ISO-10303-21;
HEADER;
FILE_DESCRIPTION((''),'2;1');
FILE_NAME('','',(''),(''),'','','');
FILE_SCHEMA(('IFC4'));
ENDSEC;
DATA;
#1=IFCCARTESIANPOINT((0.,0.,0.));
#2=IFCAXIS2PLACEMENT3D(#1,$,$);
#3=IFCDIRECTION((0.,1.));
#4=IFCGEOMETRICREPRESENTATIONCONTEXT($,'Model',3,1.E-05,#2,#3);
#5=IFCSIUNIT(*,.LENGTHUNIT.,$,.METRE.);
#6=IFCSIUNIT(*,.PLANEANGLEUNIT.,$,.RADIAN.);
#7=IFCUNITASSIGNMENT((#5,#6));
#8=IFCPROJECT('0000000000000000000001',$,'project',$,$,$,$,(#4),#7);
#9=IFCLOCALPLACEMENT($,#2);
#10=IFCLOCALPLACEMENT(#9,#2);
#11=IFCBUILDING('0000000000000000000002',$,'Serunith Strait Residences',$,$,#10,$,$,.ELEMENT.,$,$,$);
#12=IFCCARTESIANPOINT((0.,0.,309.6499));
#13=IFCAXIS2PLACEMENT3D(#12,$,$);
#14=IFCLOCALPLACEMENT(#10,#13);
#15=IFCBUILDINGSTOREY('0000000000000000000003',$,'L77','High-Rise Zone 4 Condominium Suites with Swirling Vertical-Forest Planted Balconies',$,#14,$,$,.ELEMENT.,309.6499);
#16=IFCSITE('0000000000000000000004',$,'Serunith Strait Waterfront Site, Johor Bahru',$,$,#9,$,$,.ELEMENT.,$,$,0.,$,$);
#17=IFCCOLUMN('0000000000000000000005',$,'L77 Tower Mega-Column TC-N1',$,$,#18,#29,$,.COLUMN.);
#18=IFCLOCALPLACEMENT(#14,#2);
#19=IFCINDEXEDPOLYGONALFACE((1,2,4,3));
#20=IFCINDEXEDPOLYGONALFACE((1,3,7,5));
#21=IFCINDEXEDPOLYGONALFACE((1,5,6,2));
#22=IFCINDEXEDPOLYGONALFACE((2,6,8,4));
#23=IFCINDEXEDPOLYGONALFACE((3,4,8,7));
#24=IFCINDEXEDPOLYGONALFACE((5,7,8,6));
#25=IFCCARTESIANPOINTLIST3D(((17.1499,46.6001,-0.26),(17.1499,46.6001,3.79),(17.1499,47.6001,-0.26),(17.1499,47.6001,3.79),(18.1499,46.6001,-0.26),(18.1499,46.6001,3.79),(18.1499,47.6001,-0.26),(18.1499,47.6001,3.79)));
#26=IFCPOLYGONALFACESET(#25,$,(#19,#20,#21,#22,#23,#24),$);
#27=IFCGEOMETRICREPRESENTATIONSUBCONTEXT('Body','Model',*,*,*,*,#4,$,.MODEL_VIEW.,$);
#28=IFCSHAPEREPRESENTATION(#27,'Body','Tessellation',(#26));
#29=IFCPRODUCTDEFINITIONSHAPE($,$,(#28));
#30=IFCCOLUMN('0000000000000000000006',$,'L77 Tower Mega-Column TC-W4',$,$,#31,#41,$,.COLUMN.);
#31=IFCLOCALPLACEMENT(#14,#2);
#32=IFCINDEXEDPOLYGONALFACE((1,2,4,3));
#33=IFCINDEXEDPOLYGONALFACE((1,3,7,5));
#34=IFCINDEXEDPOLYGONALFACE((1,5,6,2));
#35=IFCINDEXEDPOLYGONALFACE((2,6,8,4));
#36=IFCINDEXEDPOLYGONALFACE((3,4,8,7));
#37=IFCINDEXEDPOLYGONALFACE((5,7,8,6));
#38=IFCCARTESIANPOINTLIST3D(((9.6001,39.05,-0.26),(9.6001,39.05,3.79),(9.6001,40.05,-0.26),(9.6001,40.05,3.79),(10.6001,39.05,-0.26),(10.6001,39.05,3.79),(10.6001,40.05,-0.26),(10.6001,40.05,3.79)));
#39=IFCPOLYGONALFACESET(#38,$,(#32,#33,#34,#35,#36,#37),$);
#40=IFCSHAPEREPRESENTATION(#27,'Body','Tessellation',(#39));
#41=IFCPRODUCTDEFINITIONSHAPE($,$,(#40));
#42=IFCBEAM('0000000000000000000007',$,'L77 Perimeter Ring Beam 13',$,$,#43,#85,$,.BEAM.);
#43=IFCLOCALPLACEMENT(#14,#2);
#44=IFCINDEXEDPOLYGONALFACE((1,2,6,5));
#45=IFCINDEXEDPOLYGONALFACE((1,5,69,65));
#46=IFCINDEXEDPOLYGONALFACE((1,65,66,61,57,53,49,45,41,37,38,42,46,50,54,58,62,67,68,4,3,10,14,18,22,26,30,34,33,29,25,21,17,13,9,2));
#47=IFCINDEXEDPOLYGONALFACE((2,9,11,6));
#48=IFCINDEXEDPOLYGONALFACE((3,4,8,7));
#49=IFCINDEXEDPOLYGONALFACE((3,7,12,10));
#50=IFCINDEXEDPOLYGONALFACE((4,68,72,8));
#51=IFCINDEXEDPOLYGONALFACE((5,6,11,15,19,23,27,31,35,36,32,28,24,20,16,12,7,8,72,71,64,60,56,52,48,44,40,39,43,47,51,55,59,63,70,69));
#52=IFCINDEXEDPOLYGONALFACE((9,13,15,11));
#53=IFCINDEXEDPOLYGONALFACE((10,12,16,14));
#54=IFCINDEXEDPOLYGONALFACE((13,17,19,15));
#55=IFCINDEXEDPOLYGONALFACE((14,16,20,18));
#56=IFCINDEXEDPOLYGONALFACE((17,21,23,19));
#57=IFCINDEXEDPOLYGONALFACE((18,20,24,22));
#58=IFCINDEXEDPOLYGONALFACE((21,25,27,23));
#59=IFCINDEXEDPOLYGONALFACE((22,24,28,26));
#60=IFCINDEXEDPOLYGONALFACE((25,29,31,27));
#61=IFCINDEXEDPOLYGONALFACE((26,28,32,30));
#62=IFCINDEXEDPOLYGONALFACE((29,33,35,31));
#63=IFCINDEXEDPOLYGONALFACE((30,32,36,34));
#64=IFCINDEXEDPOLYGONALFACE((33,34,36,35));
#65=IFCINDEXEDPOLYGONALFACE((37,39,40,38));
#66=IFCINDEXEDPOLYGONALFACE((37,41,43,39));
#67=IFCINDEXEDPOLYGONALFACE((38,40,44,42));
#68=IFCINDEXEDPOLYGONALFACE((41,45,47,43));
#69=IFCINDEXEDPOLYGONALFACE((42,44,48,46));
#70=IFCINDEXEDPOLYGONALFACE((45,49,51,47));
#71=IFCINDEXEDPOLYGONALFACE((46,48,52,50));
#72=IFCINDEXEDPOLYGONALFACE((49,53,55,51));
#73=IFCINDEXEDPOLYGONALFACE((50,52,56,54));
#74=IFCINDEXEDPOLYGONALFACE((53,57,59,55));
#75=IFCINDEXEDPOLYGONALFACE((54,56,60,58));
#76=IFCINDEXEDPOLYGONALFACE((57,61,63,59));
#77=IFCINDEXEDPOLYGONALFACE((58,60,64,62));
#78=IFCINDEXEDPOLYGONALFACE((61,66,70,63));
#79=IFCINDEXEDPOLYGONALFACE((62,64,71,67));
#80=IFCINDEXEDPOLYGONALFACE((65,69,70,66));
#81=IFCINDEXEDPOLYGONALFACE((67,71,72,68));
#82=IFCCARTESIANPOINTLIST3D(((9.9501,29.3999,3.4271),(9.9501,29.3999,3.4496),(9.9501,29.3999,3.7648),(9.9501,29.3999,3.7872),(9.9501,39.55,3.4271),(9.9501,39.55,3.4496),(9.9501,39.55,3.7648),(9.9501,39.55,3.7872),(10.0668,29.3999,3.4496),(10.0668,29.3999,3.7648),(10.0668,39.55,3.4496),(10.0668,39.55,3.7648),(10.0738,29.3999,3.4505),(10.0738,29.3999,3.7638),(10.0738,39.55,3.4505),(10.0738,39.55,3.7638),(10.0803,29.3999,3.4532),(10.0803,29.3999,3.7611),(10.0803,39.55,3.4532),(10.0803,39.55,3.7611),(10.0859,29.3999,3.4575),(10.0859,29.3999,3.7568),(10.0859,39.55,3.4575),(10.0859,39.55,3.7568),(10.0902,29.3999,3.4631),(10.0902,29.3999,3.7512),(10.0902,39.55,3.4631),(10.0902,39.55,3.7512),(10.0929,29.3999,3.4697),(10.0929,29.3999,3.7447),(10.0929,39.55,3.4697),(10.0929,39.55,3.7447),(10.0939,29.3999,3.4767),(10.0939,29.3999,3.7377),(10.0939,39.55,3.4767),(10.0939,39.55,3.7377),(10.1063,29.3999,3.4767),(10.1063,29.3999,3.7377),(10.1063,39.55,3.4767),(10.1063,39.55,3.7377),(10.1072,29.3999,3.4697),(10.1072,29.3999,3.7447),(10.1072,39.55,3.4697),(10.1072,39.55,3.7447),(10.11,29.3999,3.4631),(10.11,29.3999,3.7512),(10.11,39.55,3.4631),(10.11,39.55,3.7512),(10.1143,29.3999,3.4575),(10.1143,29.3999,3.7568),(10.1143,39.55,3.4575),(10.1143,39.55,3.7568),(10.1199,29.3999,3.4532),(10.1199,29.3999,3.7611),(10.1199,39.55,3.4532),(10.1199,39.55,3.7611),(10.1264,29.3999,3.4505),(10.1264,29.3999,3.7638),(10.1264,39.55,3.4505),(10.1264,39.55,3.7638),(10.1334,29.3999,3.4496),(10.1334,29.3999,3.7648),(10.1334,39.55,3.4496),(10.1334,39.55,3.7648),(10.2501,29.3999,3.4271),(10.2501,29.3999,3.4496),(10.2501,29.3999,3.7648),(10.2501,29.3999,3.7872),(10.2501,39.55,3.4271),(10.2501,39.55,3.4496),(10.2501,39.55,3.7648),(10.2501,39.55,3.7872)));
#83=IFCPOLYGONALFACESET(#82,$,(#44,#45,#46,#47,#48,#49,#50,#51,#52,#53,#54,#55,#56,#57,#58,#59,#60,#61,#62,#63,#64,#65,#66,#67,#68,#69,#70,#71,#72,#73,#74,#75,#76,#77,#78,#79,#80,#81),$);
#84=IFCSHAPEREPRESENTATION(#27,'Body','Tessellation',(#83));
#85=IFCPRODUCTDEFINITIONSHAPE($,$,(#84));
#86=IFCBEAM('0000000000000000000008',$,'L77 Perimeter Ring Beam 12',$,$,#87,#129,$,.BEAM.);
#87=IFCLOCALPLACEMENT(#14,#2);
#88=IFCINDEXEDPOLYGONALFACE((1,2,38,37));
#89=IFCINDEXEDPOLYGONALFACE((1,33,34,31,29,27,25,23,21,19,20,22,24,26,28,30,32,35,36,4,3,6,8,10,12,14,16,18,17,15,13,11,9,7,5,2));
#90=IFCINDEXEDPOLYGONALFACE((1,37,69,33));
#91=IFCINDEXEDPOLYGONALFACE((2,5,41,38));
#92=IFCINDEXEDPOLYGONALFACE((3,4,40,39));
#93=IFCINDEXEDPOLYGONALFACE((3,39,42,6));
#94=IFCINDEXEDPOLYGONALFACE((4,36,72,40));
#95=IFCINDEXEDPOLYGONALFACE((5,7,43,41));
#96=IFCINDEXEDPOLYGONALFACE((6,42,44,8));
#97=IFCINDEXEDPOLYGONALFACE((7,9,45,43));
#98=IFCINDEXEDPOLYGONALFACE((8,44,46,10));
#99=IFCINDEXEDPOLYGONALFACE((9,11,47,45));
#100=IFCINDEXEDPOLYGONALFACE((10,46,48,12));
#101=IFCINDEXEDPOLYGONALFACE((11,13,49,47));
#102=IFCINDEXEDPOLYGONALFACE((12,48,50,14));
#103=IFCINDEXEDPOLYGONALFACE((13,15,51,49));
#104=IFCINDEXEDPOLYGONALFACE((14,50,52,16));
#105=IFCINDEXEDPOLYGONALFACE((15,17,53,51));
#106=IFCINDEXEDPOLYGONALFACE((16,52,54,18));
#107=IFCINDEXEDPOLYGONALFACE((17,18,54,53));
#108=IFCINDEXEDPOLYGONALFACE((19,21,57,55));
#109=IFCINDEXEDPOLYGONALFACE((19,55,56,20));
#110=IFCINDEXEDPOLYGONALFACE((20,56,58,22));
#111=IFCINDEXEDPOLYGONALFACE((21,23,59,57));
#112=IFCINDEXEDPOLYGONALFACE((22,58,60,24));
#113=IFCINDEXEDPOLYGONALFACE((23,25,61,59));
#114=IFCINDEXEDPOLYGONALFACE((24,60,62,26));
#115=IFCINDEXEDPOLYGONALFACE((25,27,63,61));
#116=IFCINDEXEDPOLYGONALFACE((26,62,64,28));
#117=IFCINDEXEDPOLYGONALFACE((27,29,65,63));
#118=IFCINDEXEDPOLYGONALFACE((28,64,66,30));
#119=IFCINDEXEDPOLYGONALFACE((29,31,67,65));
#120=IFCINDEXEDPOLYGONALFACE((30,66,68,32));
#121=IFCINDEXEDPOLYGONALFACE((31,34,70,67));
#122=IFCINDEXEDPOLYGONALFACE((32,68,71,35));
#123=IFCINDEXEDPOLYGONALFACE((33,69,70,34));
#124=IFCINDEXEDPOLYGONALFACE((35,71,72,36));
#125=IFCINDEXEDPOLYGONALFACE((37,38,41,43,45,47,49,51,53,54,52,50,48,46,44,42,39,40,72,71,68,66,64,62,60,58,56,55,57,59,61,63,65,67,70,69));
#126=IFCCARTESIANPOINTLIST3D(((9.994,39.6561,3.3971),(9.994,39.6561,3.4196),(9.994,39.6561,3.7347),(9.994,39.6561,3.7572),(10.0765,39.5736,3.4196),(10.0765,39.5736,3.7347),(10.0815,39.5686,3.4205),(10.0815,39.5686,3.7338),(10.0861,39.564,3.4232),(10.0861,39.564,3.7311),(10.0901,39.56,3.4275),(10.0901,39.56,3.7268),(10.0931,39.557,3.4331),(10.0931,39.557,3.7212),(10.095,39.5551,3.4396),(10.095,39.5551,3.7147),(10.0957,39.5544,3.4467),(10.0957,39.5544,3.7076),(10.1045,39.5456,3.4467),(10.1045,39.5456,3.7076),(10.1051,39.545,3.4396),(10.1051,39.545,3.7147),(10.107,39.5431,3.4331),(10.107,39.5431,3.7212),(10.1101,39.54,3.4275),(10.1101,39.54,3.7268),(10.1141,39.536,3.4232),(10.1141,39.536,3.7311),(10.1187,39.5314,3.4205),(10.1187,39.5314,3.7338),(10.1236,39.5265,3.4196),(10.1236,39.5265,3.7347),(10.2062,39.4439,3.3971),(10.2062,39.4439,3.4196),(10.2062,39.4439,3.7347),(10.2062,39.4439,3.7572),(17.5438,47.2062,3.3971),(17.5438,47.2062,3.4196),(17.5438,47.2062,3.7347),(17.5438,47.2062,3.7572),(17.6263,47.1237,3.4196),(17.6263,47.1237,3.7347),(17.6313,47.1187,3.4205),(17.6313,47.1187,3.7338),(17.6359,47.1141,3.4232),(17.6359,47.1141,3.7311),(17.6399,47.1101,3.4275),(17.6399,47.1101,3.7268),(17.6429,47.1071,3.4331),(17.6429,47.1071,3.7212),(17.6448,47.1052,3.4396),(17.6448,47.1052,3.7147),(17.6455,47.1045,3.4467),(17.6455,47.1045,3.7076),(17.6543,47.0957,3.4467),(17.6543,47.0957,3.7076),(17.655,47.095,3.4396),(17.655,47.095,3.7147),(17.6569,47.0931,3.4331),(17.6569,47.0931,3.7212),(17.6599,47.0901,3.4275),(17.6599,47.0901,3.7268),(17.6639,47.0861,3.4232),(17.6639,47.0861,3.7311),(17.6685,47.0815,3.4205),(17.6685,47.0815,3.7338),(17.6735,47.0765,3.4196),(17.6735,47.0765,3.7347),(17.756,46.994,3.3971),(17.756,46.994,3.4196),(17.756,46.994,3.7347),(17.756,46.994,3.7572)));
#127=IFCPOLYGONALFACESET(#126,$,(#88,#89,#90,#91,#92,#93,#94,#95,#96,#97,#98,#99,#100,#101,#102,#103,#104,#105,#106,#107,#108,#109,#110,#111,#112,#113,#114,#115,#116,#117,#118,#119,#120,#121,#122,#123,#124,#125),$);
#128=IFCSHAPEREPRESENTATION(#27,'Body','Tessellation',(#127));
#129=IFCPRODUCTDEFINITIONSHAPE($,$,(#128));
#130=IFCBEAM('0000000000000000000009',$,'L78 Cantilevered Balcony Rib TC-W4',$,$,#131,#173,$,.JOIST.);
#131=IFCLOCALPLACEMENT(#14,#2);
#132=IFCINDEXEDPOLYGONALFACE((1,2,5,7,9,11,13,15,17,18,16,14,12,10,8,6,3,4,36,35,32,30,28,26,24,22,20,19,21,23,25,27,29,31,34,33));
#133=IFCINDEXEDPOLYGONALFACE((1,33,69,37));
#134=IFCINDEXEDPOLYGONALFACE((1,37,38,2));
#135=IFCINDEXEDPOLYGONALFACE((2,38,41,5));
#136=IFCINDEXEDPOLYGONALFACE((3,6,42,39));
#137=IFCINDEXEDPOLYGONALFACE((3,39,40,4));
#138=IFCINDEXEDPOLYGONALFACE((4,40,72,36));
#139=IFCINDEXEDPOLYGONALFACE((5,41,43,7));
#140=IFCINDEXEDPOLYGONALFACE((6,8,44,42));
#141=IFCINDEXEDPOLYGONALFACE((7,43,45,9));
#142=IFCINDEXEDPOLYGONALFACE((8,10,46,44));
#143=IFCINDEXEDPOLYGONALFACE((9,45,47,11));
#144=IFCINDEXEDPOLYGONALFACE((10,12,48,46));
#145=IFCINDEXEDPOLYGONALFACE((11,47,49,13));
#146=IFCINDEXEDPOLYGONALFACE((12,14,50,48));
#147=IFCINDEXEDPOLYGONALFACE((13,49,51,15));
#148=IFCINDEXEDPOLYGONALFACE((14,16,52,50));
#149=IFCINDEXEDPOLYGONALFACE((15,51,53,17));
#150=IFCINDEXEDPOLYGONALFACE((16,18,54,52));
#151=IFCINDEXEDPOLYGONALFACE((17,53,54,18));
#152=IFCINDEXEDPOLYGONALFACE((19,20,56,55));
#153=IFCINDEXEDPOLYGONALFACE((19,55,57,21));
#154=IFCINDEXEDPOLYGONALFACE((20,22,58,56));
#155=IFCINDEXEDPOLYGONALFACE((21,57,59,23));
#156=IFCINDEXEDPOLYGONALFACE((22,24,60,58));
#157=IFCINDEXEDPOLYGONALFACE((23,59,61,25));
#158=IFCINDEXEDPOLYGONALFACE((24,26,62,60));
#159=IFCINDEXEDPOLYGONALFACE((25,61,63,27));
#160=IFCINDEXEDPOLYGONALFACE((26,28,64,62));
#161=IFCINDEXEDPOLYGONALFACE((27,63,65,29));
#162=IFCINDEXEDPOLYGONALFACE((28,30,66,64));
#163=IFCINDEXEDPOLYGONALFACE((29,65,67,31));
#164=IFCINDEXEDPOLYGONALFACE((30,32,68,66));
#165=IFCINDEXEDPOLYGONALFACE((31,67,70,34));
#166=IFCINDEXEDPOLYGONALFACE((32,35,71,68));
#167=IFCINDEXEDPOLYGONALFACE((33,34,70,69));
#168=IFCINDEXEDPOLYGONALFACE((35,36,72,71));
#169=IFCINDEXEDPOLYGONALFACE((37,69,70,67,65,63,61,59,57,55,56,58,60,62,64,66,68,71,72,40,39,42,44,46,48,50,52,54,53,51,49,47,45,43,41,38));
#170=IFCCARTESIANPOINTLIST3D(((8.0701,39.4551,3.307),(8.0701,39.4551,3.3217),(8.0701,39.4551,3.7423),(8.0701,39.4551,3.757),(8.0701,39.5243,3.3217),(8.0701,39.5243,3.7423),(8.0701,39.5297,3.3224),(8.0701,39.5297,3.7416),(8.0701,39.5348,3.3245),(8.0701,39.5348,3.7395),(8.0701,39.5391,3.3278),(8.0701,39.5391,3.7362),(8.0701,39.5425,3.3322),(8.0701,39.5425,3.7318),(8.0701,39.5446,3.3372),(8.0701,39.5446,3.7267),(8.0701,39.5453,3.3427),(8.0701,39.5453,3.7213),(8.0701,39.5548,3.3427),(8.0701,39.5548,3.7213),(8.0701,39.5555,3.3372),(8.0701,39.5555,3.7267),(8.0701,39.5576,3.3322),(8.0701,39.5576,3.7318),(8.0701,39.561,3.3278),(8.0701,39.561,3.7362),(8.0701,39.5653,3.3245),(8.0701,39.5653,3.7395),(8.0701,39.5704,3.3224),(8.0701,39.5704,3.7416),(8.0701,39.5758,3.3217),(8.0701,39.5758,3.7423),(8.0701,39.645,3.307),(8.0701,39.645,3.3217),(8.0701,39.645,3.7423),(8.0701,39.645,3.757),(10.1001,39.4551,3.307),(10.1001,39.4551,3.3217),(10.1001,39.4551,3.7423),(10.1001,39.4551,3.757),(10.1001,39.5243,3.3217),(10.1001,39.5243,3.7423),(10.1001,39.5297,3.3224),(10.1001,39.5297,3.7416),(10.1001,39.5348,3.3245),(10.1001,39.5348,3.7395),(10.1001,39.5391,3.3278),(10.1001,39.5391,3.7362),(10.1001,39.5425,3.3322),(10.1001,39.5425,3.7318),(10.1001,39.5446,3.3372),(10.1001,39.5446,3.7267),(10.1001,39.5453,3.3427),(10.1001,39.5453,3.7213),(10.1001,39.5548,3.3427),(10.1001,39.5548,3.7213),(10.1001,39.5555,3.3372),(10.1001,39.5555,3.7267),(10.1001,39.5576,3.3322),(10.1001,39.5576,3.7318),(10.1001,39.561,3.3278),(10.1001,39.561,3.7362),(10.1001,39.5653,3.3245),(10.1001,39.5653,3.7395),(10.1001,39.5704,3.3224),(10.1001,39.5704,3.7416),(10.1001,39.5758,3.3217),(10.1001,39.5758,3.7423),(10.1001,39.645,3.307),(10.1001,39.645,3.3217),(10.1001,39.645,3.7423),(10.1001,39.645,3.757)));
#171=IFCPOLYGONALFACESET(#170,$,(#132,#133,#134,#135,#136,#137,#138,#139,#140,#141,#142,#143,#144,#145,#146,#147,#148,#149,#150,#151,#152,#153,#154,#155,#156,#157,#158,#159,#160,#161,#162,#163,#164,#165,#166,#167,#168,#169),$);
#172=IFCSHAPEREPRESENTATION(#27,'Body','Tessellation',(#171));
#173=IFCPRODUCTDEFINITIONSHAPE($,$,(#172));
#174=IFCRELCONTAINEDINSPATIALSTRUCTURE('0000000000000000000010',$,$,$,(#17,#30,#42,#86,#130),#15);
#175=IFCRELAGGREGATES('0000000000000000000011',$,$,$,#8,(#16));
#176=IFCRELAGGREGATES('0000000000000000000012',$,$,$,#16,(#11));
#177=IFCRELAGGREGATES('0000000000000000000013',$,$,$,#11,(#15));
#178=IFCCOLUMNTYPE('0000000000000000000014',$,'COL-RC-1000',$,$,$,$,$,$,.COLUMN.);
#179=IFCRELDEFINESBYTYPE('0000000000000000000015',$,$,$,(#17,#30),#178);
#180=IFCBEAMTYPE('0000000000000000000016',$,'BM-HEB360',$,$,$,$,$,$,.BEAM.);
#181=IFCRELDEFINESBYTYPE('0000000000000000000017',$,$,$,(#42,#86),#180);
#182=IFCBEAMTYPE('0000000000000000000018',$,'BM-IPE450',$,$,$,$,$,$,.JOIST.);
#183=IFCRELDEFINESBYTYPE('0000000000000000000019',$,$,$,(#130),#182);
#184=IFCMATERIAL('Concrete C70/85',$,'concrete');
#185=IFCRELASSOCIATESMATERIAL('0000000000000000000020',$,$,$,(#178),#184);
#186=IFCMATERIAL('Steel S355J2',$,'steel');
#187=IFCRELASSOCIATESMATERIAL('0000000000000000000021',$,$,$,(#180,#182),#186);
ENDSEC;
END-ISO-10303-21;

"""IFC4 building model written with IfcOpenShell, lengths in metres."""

from ifc_helpers import new_model, si_unit, direction, frame, origin, origin_2d, place, context, subcontext, project, spatial, rectangle, i_section, extrude, source, transform, mapped, material, material_profile, profile_set, type_object, element, save


model = new_model("IFC4")

# Units and contexts
model_context = context("Model", 3, precision=1e-05, world=origin(), true_north=direction((0.0, 1.0)))
body_context = subcontext(model_context, "Body", "Model", "MODEL_VIEW")
ifc_project = project(units=[si_unit("LENGTHUNIT", "METRE"), si_unit("PLANEANGLEUNIT", "RADIAN")], contexts=[model_context])

# Site, building, storey
site_placement = place(None, origin())
site = spatial("IfcSite", under=ifc_project, at=site_placement, Name="Serunith Strait Waterfront Site, Johor Bahru", CompositionType="ELEMENT", RefElevation=0.0)
building_placement = place(site_placement, origin())
building = spatial("IfcBuilding", under=site, at=building_placement, Name="Serunith Strait Residences", CompositionType="ELEMENT")
storey_placement = place(building_placement, frame((0.0, 0.0, 309.6499)))
storey = spatial("IfcBuildingStorey", under=building, at=storey_placement, Name="L77", Description="High-Rise Zone 4 Condominium Suites with Swirling Vertical-Forest Planted Balconies", CompositionType="ELEMENT", Elevation=309.6499)

# Columns
ifc_material_1 = material(Name="Concrete C70/85", Category="concrete")
ifc_material_profile_1 = material_profile(ifc_material_1, rectangle(XDim=1.0, YDim=1.0, at=origin_2d()), Name="RC 1000x1000")
ifc_profile_set_1 = profile_set([ifc_material_profile_1], Name="Concrete C70/85")
column_type = type_object("IfcColumnType", Name="COL-RC-1000", PredefinedType="COLUMN", material=ifc_profile_set_1)
shared_shape_1 = source(origin(), body_context, "Body", "SweptSolid", [
    extrude(rectangle(XDim=1.0, YDim=1.0, at=origin_2d()), origin(), (0.0, 0.0, 1.0), 4.05),
])
for number, where, z_axis, x_axis, name in (
    (1, (17.6499, 47.1001, -0.26), (0.0, 0.0, 1.0), (1.0, 0.0, 0.0), "L77 Tower Mega-Column TC-N1"),
    (2, (10.1001, 39.55, -0.26), (0.0, 0.0, 1.0), (1.0, 0.0, 0.0), "L77 Tower Mega-Column TC-W4"),
):
    element("IfcColumn", number, at=place(storey_placement, frame(where, z_axis=z_axis, x_axis=x_axis)), inside=storey, type_object=column_type, Name=name, PredefinedType="COLUMN", context=body_context, shape_type="MappedRepresentation", body=[
        mapped(shared_shape_1, transform((0.0, 0.0, 0.0), scale=1.0)),
    ])

# Beams
ifc_material_2 = material(Name="Steel S355J2", Category="steel")
ifc_material_profile_2 = material_profile(ifc_material_2, i_section(OverallWidth=0.3, OverallDepth=0.3601, WebThickness=0.0125, FlangeThickness=0.0225, FilletRadius=0.0271, at=origin_2d()), Name="HEB 360")
ifc_profile_set_2 = profile_set([ifc_material_profile_2], Name="Steel S355J2")
beam_type_1 = type_object("IfcBeamType", Name="BM-HEB360", PredefinedType="BEAM", material=ifc_profile_set_2)
shared_shape_2 = source(origin(), body_context, "Body", "SweptSolid", [
    extrude(i_section(OverallWidth=0.3, OverallDepth=0.3601, WebThickness=0.0125, FlangeThickness=0.0225, FilletRadius=0.0271, at=origin_2d()), origin(), (0.0, 0.0, 1.0), 10.1501),
])
beam_1_placement = place(storey_placement, frame((10.1001, 39.55, 3.6072), z_axis=(0.0, -1.0, 0.0), x_axis=(1.0, 0.0, 0.0)))
element("IfcBeam", 3, at=beam_1_placement, inside=storey, type_object=beam_type_1, Name="L77 Perimeter Ring Beam 13", PredefinedType="BEAM", context=body_context, shape_type="MappedRepresentation", body=[
    mapped(shared_shape_2, transform((0.0, 0.0, 0.0), scale=1.0)),
])
shared_shape_3 = source(origin(), body_context, "Body", "SweptSolid", [
    extrude(i_section(OverallWidth=0.3, OverallDepth=0.3601, WebThickness=0.0125, FlangeThickness=0.0225, FilletRadius=0.0271, at=origin_2d()), origin(), (0.0, 0.0, 1.0), 10.6772),
])
beam_2_placement = place(storey_placement, frame((17.6499, 47.1001, 3.5771), z_axis=(-0.707095, -0.707118, 0.0), x_axis=(0.707118, -0.707095, 0.0)))
element("IfcBeam", 4, at=beam_2_placement, inside=storey, type_object=beam_type_1, Name="L77 Perimeter Ring Beam 12", PredefinedType="BEAM", context=body_context, shape_type="MappedRepresentation", body=[
    mapped(shared_shape_3, transform((0.0, 0.0, 0.0), scale=1.0)),
])
ifc_material_profile_3 = material_profile(ifc_material_2, i_section(OverallWidth=0.1899, OverallDepth=0.45, WebThickness=0.0095, FlangeThickness=0.0146, FilletRadius=0.021, at=origin_2d()), Name="IPE 450")
ifc_profile_set_3 = profile_set([ifc_material_profile_3], Name="Steel S355J2")
beam_type_2 = type_object("IfcBeamType", Name="BM-IPE450", PredefinedType="JOIST", material=ifc_profile_set_3)
shared_shape_4 = source(origin(), body_context, "Body", "SweptSolid", [
    extrude(i_section(OverallWidth=0.1899, OverallDepth=0.45, WebThickness=0.0095, FlangeThickness=0.0146, FilletRadius=0.021, at=origin_2d()), origin(), (0.0, 0.0, 1.0), 2.03),
])
beam_3_placement = place(storey_placement, frame((10.1001, 39.55, 3.532), z_axis=(-1.0, 0.0, 0.0), x_axis=(0.0, -1.0, 0.0)))
element("IfcBeam", 5, at=beam_3_placement, inside=storey, type_object=beam_type_2, Name="L78 Cantilevered Balcony Rib TC-W4", PredefinedType="JOIST", context=body_context, shape_type="MappedRepresentation", body=[
    mapped(shared_shape_4, transform((0.0, 0.0, 0.0), scale=1.0)),
])

save(model, "model.ifc")
